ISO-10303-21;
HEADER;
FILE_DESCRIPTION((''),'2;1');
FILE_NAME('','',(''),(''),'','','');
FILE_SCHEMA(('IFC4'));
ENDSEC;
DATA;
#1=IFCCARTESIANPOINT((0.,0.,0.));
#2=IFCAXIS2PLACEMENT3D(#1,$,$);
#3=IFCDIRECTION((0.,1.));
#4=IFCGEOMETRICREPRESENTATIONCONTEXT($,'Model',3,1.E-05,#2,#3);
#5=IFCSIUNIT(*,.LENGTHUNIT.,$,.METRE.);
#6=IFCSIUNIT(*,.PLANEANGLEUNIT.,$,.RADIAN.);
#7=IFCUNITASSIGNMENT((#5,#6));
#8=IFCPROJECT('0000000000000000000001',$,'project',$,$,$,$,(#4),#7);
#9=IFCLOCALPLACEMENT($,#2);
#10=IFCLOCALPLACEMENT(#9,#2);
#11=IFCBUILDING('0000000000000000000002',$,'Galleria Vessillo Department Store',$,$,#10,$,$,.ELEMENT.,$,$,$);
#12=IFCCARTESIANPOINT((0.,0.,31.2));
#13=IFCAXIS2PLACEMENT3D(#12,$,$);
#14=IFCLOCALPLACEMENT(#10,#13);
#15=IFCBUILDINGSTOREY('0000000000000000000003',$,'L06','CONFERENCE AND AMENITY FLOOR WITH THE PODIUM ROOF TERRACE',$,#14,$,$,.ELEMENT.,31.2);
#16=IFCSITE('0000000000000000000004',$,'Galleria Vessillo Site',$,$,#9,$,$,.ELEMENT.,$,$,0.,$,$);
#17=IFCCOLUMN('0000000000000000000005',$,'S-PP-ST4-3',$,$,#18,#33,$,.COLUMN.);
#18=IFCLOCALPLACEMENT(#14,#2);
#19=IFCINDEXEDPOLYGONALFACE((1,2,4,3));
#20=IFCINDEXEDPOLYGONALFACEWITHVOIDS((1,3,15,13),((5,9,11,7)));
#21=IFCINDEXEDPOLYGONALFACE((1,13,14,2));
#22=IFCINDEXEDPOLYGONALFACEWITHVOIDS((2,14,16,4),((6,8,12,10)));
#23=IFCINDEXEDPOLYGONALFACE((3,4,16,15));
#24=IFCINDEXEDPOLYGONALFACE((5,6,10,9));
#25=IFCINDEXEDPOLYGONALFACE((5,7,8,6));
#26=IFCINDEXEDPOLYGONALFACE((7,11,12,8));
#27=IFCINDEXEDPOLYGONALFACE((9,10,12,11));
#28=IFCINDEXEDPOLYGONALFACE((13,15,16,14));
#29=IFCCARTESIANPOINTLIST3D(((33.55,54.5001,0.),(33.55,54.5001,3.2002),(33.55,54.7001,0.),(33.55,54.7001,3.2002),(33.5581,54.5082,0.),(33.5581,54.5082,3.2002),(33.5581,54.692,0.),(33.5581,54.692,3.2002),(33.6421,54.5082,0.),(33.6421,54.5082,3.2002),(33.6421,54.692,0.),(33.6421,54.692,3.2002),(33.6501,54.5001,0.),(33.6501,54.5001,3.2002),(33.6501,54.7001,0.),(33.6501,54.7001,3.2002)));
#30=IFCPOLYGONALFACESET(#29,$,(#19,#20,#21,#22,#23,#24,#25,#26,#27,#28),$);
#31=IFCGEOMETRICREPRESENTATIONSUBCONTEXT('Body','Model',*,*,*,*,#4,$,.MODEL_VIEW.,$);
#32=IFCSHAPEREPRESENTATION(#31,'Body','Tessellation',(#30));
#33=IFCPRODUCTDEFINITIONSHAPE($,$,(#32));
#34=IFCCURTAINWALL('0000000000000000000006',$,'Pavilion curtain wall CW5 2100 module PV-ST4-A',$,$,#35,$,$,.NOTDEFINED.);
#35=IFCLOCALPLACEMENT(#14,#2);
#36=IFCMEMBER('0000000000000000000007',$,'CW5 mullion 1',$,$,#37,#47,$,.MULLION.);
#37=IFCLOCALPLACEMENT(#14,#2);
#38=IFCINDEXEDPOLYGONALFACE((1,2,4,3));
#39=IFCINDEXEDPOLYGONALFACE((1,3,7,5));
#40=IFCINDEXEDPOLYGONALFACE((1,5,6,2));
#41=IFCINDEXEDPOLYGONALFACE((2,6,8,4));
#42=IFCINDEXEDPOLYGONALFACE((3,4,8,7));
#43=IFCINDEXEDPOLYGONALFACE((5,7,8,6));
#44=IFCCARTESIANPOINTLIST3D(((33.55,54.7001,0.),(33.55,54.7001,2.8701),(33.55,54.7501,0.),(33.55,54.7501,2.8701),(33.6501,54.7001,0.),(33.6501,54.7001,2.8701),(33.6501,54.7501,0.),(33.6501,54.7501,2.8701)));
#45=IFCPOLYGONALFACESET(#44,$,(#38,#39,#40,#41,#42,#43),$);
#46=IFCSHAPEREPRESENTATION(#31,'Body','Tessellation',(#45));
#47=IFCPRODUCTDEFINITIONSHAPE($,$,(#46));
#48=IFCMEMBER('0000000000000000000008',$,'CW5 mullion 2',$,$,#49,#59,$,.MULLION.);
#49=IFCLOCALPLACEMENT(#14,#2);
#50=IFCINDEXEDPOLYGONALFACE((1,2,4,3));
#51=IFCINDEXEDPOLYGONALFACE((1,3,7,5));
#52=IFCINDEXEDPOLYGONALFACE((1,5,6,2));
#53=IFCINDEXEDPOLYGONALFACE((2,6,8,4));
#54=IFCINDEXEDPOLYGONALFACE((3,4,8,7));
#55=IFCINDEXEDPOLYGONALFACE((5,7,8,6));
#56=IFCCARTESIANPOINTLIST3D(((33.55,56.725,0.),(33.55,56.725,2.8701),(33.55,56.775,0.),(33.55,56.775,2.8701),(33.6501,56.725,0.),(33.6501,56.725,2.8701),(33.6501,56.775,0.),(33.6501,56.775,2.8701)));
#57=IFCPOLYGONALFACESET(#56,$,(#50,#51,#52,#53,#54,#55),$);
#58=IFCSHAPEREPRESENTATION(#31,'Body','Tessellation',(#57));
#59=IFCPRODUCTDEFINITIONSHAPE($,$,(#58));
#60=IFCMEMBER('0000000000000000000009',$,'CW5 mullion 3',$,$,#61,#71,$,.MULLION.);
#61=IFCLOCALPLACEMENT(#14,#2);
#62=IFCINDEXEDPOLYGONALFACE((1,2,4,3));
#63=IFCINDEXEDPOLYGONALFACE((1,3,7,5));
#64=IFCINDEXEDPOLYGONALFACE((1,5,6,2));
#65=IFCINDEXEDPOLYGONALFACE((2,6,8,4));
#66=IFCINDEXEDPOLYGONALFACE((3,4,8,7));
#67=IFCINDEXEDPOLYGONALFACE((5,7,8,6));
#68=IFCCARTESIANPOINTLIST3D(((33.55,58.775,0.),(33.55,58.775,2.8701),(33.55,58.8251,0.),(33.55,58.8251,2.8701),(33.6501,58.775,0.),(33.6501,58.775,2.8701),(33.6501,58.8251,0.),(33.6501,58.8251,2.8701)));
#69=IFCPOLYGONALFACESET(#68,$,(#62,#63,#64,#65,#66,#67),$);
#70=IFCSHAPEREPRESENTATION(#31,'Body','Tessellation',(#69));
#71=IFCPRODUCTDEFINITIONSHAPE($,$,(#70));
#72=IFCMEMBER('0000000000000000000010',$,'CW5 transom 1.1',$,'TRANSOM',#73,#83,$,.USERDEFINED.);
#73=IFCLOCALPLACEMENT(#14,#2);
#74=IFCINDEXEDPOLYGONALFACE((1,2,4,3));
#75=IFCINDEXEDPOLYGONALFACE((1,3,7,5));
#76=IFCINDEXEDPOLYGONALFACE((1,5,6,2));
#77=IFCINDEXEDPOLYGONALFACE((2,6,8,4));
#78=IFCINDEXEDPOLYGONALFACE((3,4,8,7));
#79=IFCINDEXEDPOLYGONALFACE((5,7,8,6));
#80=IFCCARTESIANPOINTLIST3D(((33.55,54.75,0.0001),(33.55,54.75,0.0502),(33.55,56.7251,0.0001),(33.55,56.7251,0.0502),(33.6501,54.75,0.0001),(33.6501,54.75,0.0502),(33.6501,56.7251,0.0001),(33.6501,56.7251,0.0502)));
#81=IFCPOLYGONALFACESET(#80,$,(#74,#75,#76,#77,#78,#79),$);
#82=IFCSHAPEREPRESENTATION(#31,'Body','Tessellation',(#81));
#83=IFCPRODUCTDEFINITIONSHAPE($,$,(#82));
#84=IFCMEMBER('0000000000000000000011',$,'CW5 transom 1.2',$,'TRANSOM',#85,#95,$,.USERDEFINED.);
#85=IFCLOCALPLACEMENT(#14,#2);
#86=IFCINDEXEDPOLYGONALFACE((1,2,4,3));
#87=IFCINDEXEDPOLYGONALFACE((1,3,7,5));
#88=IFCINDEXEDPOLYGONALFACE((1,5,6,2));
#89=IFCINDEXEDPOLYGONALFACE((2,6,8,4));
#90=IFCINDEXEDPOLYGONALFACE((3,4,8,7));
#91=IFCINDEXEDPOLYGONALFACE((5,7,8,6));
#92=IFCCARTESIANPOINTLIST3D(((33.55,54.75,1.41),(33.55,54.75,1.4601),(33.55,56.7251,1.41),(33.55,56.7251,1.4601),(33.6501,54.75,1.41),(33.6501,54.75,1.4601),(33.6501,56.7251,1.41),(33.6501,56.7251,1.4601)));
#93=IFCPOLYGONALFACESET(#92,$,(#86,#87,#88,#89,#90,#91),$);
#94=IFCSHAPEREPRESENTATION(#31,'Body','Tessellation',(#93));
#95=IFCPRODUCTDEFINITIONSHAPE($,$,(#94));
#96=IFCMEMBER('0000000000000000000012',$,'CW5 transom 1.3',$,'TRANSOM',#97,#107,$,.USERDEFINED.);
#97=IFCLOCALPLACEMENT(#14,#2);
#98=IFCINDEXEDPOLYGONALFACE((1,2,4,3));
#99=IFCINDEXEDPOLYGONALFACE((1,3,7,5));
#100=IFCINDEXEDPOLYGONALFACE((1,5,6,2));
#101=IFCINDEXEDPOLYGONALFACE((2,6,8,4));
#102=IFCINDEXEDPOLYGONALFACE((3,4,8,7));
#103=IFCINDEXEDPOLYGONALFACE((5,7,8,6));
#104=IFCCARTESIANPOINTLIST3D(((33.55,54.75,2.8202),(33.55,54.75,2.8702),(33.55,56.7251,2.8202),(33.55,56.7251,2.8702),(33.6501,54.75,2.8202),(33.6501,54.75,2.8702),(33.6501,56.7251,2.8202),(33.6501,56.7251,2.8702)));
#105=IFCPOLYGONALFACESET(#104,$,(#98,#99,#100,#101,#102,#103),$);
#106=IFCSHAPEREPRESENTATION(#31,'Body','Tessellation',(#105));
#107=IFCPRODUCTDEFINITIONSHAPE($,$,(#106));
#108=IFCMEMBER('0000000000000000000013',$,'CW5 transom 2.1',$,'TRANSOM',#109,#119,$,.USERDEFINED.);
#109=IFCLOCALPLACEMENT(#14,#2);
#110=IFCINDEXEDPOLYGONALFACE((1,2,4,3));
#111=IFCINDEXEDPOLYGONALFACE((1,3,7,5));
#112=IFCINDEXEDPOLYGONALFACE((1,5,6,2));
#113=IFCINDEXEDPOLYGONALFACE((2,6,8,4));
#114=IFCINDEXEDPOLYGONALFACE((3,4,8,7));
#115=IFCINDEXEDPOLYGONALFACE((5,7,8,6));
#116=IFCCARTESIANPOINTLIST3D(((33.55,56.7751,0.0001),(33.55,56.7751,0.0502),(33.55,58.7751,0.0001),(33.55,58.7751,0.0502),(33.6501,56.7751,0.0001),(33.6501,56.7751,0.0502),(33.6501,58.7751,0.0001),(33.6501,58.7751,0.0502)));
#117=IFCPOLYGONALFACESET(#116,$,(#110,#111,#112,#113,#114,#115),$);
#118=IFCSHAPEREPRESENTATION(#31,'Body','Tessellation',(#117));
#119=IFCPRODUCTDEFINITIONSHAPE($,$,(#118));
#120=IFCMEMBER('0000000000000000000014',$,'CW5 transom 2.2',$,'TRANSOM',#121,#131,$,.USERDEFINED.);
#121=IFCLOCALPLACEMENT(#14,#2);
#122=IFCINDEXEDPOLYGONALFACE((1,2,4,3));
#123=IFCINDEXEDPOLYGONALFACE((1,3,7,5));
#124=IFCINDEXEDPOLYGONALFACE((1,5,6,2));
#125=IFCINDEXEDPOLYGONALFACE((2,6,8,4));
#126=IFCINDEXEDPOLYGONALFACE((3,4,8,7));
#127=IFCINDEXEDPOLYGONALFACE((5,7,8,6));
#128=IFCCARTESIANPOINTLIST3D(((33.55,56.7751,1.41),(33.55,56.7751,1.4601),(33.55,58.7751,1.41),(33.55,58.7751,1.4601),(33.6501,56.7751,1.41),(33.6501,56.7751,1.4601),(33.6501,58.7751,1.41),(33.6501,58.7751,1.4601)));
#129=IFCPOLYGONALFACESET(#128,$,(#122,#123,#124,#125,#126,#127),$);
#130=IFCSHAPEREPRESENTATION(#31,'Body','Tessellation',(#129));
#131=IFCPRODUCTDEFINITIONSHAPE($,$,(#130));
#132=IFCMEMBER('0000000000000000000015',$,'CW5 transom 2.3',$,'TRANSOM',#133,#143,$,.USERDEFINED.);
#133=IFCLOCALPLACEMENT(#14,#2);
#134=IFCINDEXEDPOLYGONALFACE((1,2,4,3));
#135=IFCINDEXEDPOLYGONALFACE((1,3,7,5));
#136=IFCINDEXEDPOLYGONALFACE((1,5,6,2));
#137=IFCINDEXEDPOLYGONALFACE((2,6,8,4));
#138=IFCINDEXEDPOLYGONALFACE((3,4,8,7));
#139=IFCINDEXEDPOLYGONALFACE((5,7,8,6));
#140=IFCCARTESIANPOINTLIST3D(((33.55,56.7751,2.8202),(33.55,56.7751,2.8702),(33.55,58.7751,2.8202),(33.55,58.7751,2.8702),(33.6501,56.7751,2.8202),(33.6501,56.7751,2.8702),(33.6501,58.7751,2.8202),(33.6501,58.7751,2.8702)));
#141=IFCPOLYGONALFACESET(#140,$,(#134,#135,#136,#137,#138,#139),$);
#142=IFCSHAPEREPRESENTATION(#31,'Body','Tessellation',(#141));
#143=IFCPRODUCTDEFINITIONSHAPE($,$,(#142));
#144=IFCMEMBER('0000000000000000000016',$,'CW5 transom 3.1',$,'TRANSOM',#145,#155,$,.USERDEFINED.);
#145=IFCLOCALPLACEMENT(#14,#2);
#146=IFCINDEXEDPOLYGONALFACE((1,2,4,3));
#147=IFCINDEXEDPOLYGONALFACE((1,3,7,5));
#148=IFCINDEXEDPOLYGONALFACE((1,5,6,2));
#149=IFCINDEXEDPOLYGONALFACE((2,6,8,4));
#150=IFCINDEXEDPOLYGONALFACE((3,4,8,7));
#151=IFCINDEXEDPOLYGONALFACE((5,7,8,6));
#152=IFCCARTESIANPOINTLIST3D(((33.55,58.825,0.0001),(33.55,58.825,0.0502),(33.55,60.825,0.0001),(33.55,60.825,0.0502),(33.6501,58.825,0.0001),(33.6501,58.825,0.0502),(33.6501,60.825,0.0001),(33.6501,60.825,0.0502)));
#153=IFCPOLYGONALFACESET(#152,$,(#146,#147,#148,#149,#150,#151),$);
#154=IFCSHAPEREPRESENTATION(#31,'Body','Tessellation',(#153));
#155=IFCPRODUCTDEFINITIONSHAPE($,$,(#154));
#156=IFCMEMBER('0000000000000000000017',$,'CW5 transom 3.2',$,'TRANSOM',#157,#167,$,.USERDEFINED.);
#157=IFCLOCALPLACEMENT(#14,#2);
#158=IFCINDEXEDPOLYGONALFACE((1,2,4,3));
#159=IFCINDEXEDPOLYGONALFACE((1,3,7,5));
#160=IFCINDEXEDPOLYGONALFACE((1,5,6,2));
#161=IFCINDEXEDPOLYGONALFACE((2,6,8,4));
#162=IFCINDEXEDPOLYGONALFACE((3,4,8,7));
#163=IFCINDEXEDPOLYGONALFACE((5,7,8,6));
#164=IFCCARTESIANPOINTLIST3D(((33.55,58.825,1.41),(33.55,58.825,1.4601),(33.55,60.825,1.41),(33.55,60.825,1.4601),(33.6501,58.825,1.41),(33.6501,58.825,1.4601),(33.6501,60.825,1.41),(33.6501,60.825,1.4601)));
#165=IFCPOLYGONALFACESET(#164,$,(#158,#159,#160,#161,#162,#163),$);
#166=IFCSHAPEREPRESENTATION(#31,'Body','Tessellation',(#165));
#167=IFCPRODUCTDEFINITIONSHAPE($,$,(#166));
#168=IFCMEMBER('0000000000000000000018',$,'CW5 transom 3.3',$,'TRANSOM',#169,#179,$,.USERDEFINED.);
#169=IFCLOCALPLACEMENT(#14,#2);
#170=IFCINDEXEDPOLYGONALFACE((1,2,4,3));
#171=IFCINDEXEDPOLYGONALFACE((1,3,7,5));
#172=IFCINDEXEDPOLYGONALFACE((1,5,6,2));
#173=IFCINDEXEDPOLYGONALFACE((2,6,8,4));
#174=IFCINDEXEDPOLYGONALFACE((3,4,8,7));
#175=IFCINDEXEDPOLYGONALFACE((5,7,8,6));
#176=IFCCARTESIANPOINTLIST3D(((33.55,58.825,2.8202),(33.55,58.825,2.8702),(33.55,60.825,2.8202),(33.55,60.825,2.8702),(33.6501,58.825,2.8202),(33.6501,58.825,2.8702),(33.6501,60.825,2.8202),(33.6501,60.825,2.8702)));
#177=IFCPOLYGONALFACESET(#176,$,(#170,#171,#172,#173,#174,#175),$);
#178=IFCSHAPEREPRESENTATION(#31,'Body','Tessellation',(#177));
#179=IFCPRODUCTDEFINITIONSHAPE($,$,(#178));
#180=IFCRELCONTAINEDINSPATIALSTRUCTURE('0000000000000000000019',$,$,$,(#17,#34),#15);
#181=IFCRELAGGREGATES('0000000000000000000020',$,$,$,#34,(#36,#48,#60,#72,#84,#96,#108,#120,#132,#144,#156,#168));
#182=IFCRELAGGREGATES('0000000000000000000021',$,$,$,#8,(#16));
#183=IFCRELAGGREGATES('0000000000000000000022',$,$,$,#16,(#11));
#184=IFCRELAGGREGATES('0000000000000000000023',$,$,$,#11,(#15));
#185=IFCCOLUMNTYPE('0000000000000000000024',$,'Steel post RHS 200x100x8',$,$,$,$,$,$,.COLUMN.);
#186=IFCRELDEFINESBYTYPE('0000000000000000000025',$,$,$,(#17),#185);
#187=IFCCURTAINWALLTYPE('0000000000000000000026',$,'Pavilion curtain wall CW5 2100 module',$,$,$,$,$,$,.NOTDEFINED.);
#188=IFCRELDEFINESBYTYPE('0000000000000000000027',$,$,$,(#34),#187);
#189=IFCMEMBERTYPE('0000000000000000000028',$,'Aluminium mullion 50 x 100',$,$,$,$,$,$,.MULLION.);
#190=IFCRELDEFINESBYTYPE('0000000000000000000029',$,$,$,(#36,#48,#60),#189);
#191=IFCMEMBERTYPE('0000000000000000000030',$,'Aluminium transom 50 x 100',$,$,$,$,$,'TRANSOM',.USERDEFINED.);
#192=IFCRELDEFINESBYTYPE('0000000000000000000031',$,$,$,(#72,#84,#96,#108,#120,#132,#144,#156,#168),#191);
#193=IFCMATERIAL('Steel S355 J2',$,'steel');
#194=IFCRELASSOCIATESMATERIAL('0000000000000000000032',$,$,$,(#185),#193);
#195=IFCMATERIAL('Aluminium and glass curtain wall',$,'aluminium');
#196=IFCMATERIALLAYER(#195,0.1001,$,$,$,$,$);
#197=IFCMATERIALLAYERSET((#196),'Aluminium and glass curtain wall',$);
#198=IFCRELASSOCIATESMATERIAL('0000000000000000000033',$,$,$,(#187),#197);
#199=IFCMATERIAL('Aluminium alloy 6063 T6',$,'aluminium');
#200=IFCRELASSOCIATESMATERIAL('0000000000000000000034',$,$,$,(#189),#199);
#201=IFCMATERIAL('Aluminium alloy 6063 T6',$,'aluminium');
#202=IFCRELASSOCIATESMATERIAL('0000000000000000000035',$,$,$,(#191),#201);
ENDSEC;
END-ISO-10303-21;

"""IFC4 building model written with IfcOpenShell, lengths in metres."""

from ifc_helpers import new_model, si_unit, direction, frame, origin, origin_2d, place, context, subcontext, project, spatial, rectangle, hollow_rectangle, extrude, material, layer, layer_set, material_profile, profile_set, type_object, element, aggregate, save


model = new_model("IFC4")

# Units and contexts
model_context = context("Model", 3, precision=1e-05, world=origin(), true_north=direction((0.0, 1.0)))
body_context = subcontext(model_context, "Body", "Model", "MODEL_VIEW")
ifc_project = project(units=[si_unit("LENGTHUNIT", "METRE"), si_unit("PLANEANGLEUNIT", "RADIAN")], contexts=[model_context])

# Site, building, storey
site_placement = place(None, origin())
site = spatial("IfcSite", under=ifc_project, at=site_placement, Name="Galleria Vessillo Site", CompositionType="ELEMENT", RefElevation=0.0)
building_placement = place(site_placement, origin())
building = spatial("IfcBuilding", under=site, at=building_placement, Name="Galleria Vessillo Department Store", CompositionType="ELEMENT")
storey_placement = place(building_placement, frame((0.0, 0.0, 31.2)))
storey = spatial("IfcBuildingStorey", under=building, at=storey_placement, Name="L06", Description="CONFERENCE AND AMENITY FLOOR WITH THE PODIUM ROOF TERRACE", CompositionType="ELEMENT", Elevation=31.2)

# Column
ifc_material_1 = material(Name="Steel S355 J2", Category="steel")
ifc_material_profile_1 = material_profile(ifc_material_1, hollow_rectangle(XDim=0.1001, YDim=0.2, WallThickness=0.0081, at=origin_2d()), Name="RHS 200x100x8")
ifc_profile_set_1 = profile_set([ifc_material_profile_1], Name="Steel S355 J2")
column_type = type_object("IfcColumnType", Name="Steel post RHS 200x100x8", PredefinedType="COLUMN", material=ifc_profile_set_1)
column_placement = place(storey_placement, frame((33.6001, 54.6001, 0.0), z_axis=(0.0, 0.0, 1.0), x_axis=(1.0, 0.0, 0.0)))
element("IfcColumn", 1, at=column_placement, inside=storey, type_object=column_type, Name="S-PP-ST4-3", PredefinedType="COLUMN", context=body_context, shape_type="SweptSolid", body=[
    extrude(hollow_rectangle(XDim=0.1001, YDim=0.2, WallThickness=0.0081, at=origin_2d()), origin(), (0.0, 0.0, 1.0), 3.2002),
])

# Curtain wall, members
ifc_material_2 = material(Name="Aluminium and glass curtain wall", Category="aluminium")
ifc_layer_1 = layer(ifc_material_2, 0.1001)
ifc_layer_set_1 = layer_set([ifc_layer_1], Name="Aluminium and glass curtain wall")
curtain_wall_type = type_object("IfcCurtainWallType", Name="Pavilion curtain wall CW5 2100 module", PredefinedType="NOTDEFINED", material=ifc_layer_set_1)
curtain_wall_placement = place(storey_placement, origin())
curtain_wall = element("IfcCurtainWall", 2, at=curtain_wall_placement, inside=storey, type_object=curtain_wall_type, Name="Pavilion curtain wall CW5 2100 module PV-ST4-A", PredefinedType="NOTDEFINED")
ifc_material_3 = material(Name="Aluminium alloy 6063 T6", Category="aluminium")
ifc_material_profile_2 = material_profile(ifc_material_3, rectangle(XDim=0.1001, YDim=0.05, at=origin_2d()), Name="AL 50x100")
ifc_profile_set_2 = profile_set([ifc_material_profile_2], Name="Aluminium alloy 6063 T6")
member_type_1 = type_object("IfcMemberType", Name="Aluminium mullion 50 x 100", PredefinedType="MULLION", material=ifc_profile_set_2)
member_1_placement = place(storey_placement, frame((33.6001, 54.7251, 0.0), z_axis=(0.0, 0.0, 1.0), x_axis=(-1.0, 0.0, 0.0)))
member_1 = element("IfcMember", 3, at=member_1_placement, type_object=member_type_1, Name="CW5 mullion 1", PredefinedType="MULLION", context=body_context, shape_type="SweptSolid", body=[
    extrude(rectangle(XDim=0.1001, YDim=0.05, at=origin_2d()), origin(), (0.0, 0.0, 1.0), 2.8701),
])
member_2_placement = place(storey_placement, frame((33.6001, 56.75, 0.0), z_axis=(0.0, 0.0, 1.0), x_axis=(-1.0, 0.0, 0.0)))
member_2 = element("IfcMember", 4, at=member_2_placement, type_object=member_type_1, Name="CW5 mullion 2", PredefinedType="MULLION", context=body_context, shape_type="SweptSolid", body=[
    extrude(rectangle(XDim=0.1001, YDim=0.05, at=origin_2d()), origin(), (0.0, 0.0, 1.0), 2.8701),
])
member_3_placement = place(storey_placement, frame((33.6001, 58.8, 0.0), z_axis=(0.0, 0.0, 1.0), x_axis=(-1.0, 0.0, 0.0)))
member_3 = element("IfcMember", 5, at=member_3_placement, type_object=member_type_1, Name="CW5 mullion 3", PredefinedType="MULLION", context=body_context, shape_type="SweptSolid", body=[
    extrude(rectangle(XDim=0.1001, YDim=0.05, at=origin_2d()), origin(), (0.0, 0.0, 1.0), 2.8701),
])
ifc_material_4 = material(Name="Aluminium alloy 6063 T6", Category="aluminium")
ifc_material_profile_3 = material_profile(ifc_material_4, rectangle(XDim=0.1001, YDim=0.05, at=origin_2d()), Name="AL 50x100")
ifc_profile_set_3 = profile_set([ifc_material_profile_3], Name="Aluminium alloy 6063 T6")
member_type_2 = type_object("IfcMemberType", Name="Aluminium transom 50 x 100", ElementType="TRANSOM", PredefinedType="USERDEFINED", material=ifc_profile_set_3)
member_4_placement = place(storey_placement, frame((33.6001, 54.75, 0.0251), z_axis=(0.0, 1.0, 0.0), x_axis=(-1.0, 0.0, 0.0)))
member_4 = element("IfcMember", 6, at=member_4_placement, type_object=member_type_2, Name="CW5 transom 1.1", ObjectType="TRANSOM", PredefinedType="USERDEFINED", context=body_context, shape_type="SweptSolid", body=[
    extrude(rectangle(XDim=0.1001, YDim=0.05, at=origin_2d()), origin(), (0.0, 0.0, 1.0), 1.9751),
])
member_5_placement = place(storey_placement, frame((33.6001, 54.75, 1.4351), z_axis=(0.0, 1.0, 0.0), x_axis=(-1.0, 0.0, 0.0)))
member_5 = element("IfcMember", 7, at=member_5_placement, type_object=member_type_2, Name="CW5 transom 1.2", ObjectType="TRANSOM", PredefinedType="USERDEFINED", context=body_context, shape_type="SweptSolid", body=[
    extrude(rectangle(XDim=0.1001, YDim=0.05, at=origin_2d()), origin(), (0.0, 0.0, 1.0), 1.9751),
])
member_6_placement = place(storey_placement, frame((33.6001, 54.75, 2.8452), z_axis=(0.0, 1.0, 0.0), x_axis=(-1.0, 0.0, 0.0)))
member_6 = element("IfcMember", 8, at=member_6_placement, type_object=member_type_2, Name="CW5 transom 1.3", ObjectType="TRANSOM", PredefinedType="USERDEFINED", context=body_context, shape_type="SweptSolid", body=[
    extrude(rectangle(XDim=0.1001, YDim=0.05, at=origin_2d()), origin(), (0.0, 0.0, 1.0), 1.9751),
])
member_7_placement = place(storey_placement, frame((33.6001, 56.7751, 0.0251), z_axis=(0.0, 1.0, 0.0), x_axis=(-1.0, 0.0, 0.0)))
member_7 = element("IfcMember", 9, at=member_7_placement, type_object=member_type_2, Name="CW5 transom 2.1", ObjectType="TRANSOM", PredefinedType="USERDEFINED", context=body_context, shape_type="SweptSolid", body=[
    extrude(rectangle(XDim=0.1001, YDim=0.05, at=origin_2d()), origin(), (0.0, 0.0, 1.0), 2.0),
])
member_8_placement = place(storey_placement, frame((33.6001, 56.7751, 1.4351), z_axis=(0.0, 1.0, 0.0), x_axis=(-1.0, 0.0, 0.0)))
member_8 = element("IfcMember", 10, at=member_8_placement, type_object=member_type_2, Name="CW5 transom 2.2", ObjectType="TRANSOM", PredefinedType="USERDEFINED", context=body_context, shape_type="SweptSolid", body=[
    extrude(rectangle(XDim=0.1001, YDim=0.05, at=origin_2d()), origin(), (0.0, 0.0, 1.0), 2.0),
])
member_9_placement = place(storey_placement, frame((33.6001, 56.7751, 2.8452), z_axis=(0.0, 1.0, 0.0), x_axis=(-1.0, 0.0, 0.0)))
member_9 = element("IfcMember", 11, at=member_9_placement, type_object=member_type_2, Name="CW5 transom 2.3", ObjectType="TRANSOM", PredefinedType="USERDEFINED", context=body_context, shape_type="SweptSolid", body=[
    extrude(rectangle(XDim=0.1001, YDim=0.05, at=origin_2d()), origin(), (0.0, 0.0, 1.0), 2.0),
])
member_10_placement = place(storey_placement, frame((33.6001, 58.825, 0.0251), z_axis=(0.0, 1.0, 0.0), x_axis=(-1.0, 0.0, 0.0)))
member_10 = element("IfcMember", 12, at=member_10_placement, type_object=member_type_2, Name="CW5 transom 3.1", ObjectType="TRANSOM", PredefinedType="USERDEFINED", context=body_context, shape_type="SweptSolid", body=[
    extrude(rectangle(XDim=0.1001, YDim=0.05, at=origin_2d()), origin(), (0.0, 0.0, 1.0), 2.0),
])
member_11_placement = place(storey_placement, frame((33.6001, 58.825, 1.4351), z_axis=(0.0, 1.0, 0.0), x_axis=(-1.0, 0.0, 0.0)))
member_11 = element("IfcMember", 13, at=member_11_placement, type_object=member_type_2, Name="CW5 transom 3.2", ObjectType="TRANSOM", PredefinedType="USERDEFINED", context=body_context, shape_type="SweptSolid", body=[
    extrude(rectangle(XDim=0.1001, YDim=0.05, at=origin_2d()), origin(), (0.0, 0.0, 1.0), 2.0),
])
member_12_placement = place(storey_placement, frame((33.6001, 58.825, 2.8452), z_axis=(0.0, 1.0, 0.0), x_axis=(-1.0, 0.0, 0.0)))
member_12 = element("IfcMember", 14, at=member_12_placement, type_object=member_type_2, Name="CW5 transom 3.3", ObjectType="TRANSOM", PredefinedType="USERDEFINED", context=body_context, shape_type="SweptSolid", body=[
    extrude(rectangle(XDim=0.1001, YDim=0.05, at=origin_2d()), origin(), (0.0, 0.0, 1.0), 2.0),
])

aggregate(curtain_wall, [member_1, member_2, member_3, member_4, member_5, member_6, member_7, member_8, member_9, member_10, member_11, member_12])

save(model, "model.ifc")
